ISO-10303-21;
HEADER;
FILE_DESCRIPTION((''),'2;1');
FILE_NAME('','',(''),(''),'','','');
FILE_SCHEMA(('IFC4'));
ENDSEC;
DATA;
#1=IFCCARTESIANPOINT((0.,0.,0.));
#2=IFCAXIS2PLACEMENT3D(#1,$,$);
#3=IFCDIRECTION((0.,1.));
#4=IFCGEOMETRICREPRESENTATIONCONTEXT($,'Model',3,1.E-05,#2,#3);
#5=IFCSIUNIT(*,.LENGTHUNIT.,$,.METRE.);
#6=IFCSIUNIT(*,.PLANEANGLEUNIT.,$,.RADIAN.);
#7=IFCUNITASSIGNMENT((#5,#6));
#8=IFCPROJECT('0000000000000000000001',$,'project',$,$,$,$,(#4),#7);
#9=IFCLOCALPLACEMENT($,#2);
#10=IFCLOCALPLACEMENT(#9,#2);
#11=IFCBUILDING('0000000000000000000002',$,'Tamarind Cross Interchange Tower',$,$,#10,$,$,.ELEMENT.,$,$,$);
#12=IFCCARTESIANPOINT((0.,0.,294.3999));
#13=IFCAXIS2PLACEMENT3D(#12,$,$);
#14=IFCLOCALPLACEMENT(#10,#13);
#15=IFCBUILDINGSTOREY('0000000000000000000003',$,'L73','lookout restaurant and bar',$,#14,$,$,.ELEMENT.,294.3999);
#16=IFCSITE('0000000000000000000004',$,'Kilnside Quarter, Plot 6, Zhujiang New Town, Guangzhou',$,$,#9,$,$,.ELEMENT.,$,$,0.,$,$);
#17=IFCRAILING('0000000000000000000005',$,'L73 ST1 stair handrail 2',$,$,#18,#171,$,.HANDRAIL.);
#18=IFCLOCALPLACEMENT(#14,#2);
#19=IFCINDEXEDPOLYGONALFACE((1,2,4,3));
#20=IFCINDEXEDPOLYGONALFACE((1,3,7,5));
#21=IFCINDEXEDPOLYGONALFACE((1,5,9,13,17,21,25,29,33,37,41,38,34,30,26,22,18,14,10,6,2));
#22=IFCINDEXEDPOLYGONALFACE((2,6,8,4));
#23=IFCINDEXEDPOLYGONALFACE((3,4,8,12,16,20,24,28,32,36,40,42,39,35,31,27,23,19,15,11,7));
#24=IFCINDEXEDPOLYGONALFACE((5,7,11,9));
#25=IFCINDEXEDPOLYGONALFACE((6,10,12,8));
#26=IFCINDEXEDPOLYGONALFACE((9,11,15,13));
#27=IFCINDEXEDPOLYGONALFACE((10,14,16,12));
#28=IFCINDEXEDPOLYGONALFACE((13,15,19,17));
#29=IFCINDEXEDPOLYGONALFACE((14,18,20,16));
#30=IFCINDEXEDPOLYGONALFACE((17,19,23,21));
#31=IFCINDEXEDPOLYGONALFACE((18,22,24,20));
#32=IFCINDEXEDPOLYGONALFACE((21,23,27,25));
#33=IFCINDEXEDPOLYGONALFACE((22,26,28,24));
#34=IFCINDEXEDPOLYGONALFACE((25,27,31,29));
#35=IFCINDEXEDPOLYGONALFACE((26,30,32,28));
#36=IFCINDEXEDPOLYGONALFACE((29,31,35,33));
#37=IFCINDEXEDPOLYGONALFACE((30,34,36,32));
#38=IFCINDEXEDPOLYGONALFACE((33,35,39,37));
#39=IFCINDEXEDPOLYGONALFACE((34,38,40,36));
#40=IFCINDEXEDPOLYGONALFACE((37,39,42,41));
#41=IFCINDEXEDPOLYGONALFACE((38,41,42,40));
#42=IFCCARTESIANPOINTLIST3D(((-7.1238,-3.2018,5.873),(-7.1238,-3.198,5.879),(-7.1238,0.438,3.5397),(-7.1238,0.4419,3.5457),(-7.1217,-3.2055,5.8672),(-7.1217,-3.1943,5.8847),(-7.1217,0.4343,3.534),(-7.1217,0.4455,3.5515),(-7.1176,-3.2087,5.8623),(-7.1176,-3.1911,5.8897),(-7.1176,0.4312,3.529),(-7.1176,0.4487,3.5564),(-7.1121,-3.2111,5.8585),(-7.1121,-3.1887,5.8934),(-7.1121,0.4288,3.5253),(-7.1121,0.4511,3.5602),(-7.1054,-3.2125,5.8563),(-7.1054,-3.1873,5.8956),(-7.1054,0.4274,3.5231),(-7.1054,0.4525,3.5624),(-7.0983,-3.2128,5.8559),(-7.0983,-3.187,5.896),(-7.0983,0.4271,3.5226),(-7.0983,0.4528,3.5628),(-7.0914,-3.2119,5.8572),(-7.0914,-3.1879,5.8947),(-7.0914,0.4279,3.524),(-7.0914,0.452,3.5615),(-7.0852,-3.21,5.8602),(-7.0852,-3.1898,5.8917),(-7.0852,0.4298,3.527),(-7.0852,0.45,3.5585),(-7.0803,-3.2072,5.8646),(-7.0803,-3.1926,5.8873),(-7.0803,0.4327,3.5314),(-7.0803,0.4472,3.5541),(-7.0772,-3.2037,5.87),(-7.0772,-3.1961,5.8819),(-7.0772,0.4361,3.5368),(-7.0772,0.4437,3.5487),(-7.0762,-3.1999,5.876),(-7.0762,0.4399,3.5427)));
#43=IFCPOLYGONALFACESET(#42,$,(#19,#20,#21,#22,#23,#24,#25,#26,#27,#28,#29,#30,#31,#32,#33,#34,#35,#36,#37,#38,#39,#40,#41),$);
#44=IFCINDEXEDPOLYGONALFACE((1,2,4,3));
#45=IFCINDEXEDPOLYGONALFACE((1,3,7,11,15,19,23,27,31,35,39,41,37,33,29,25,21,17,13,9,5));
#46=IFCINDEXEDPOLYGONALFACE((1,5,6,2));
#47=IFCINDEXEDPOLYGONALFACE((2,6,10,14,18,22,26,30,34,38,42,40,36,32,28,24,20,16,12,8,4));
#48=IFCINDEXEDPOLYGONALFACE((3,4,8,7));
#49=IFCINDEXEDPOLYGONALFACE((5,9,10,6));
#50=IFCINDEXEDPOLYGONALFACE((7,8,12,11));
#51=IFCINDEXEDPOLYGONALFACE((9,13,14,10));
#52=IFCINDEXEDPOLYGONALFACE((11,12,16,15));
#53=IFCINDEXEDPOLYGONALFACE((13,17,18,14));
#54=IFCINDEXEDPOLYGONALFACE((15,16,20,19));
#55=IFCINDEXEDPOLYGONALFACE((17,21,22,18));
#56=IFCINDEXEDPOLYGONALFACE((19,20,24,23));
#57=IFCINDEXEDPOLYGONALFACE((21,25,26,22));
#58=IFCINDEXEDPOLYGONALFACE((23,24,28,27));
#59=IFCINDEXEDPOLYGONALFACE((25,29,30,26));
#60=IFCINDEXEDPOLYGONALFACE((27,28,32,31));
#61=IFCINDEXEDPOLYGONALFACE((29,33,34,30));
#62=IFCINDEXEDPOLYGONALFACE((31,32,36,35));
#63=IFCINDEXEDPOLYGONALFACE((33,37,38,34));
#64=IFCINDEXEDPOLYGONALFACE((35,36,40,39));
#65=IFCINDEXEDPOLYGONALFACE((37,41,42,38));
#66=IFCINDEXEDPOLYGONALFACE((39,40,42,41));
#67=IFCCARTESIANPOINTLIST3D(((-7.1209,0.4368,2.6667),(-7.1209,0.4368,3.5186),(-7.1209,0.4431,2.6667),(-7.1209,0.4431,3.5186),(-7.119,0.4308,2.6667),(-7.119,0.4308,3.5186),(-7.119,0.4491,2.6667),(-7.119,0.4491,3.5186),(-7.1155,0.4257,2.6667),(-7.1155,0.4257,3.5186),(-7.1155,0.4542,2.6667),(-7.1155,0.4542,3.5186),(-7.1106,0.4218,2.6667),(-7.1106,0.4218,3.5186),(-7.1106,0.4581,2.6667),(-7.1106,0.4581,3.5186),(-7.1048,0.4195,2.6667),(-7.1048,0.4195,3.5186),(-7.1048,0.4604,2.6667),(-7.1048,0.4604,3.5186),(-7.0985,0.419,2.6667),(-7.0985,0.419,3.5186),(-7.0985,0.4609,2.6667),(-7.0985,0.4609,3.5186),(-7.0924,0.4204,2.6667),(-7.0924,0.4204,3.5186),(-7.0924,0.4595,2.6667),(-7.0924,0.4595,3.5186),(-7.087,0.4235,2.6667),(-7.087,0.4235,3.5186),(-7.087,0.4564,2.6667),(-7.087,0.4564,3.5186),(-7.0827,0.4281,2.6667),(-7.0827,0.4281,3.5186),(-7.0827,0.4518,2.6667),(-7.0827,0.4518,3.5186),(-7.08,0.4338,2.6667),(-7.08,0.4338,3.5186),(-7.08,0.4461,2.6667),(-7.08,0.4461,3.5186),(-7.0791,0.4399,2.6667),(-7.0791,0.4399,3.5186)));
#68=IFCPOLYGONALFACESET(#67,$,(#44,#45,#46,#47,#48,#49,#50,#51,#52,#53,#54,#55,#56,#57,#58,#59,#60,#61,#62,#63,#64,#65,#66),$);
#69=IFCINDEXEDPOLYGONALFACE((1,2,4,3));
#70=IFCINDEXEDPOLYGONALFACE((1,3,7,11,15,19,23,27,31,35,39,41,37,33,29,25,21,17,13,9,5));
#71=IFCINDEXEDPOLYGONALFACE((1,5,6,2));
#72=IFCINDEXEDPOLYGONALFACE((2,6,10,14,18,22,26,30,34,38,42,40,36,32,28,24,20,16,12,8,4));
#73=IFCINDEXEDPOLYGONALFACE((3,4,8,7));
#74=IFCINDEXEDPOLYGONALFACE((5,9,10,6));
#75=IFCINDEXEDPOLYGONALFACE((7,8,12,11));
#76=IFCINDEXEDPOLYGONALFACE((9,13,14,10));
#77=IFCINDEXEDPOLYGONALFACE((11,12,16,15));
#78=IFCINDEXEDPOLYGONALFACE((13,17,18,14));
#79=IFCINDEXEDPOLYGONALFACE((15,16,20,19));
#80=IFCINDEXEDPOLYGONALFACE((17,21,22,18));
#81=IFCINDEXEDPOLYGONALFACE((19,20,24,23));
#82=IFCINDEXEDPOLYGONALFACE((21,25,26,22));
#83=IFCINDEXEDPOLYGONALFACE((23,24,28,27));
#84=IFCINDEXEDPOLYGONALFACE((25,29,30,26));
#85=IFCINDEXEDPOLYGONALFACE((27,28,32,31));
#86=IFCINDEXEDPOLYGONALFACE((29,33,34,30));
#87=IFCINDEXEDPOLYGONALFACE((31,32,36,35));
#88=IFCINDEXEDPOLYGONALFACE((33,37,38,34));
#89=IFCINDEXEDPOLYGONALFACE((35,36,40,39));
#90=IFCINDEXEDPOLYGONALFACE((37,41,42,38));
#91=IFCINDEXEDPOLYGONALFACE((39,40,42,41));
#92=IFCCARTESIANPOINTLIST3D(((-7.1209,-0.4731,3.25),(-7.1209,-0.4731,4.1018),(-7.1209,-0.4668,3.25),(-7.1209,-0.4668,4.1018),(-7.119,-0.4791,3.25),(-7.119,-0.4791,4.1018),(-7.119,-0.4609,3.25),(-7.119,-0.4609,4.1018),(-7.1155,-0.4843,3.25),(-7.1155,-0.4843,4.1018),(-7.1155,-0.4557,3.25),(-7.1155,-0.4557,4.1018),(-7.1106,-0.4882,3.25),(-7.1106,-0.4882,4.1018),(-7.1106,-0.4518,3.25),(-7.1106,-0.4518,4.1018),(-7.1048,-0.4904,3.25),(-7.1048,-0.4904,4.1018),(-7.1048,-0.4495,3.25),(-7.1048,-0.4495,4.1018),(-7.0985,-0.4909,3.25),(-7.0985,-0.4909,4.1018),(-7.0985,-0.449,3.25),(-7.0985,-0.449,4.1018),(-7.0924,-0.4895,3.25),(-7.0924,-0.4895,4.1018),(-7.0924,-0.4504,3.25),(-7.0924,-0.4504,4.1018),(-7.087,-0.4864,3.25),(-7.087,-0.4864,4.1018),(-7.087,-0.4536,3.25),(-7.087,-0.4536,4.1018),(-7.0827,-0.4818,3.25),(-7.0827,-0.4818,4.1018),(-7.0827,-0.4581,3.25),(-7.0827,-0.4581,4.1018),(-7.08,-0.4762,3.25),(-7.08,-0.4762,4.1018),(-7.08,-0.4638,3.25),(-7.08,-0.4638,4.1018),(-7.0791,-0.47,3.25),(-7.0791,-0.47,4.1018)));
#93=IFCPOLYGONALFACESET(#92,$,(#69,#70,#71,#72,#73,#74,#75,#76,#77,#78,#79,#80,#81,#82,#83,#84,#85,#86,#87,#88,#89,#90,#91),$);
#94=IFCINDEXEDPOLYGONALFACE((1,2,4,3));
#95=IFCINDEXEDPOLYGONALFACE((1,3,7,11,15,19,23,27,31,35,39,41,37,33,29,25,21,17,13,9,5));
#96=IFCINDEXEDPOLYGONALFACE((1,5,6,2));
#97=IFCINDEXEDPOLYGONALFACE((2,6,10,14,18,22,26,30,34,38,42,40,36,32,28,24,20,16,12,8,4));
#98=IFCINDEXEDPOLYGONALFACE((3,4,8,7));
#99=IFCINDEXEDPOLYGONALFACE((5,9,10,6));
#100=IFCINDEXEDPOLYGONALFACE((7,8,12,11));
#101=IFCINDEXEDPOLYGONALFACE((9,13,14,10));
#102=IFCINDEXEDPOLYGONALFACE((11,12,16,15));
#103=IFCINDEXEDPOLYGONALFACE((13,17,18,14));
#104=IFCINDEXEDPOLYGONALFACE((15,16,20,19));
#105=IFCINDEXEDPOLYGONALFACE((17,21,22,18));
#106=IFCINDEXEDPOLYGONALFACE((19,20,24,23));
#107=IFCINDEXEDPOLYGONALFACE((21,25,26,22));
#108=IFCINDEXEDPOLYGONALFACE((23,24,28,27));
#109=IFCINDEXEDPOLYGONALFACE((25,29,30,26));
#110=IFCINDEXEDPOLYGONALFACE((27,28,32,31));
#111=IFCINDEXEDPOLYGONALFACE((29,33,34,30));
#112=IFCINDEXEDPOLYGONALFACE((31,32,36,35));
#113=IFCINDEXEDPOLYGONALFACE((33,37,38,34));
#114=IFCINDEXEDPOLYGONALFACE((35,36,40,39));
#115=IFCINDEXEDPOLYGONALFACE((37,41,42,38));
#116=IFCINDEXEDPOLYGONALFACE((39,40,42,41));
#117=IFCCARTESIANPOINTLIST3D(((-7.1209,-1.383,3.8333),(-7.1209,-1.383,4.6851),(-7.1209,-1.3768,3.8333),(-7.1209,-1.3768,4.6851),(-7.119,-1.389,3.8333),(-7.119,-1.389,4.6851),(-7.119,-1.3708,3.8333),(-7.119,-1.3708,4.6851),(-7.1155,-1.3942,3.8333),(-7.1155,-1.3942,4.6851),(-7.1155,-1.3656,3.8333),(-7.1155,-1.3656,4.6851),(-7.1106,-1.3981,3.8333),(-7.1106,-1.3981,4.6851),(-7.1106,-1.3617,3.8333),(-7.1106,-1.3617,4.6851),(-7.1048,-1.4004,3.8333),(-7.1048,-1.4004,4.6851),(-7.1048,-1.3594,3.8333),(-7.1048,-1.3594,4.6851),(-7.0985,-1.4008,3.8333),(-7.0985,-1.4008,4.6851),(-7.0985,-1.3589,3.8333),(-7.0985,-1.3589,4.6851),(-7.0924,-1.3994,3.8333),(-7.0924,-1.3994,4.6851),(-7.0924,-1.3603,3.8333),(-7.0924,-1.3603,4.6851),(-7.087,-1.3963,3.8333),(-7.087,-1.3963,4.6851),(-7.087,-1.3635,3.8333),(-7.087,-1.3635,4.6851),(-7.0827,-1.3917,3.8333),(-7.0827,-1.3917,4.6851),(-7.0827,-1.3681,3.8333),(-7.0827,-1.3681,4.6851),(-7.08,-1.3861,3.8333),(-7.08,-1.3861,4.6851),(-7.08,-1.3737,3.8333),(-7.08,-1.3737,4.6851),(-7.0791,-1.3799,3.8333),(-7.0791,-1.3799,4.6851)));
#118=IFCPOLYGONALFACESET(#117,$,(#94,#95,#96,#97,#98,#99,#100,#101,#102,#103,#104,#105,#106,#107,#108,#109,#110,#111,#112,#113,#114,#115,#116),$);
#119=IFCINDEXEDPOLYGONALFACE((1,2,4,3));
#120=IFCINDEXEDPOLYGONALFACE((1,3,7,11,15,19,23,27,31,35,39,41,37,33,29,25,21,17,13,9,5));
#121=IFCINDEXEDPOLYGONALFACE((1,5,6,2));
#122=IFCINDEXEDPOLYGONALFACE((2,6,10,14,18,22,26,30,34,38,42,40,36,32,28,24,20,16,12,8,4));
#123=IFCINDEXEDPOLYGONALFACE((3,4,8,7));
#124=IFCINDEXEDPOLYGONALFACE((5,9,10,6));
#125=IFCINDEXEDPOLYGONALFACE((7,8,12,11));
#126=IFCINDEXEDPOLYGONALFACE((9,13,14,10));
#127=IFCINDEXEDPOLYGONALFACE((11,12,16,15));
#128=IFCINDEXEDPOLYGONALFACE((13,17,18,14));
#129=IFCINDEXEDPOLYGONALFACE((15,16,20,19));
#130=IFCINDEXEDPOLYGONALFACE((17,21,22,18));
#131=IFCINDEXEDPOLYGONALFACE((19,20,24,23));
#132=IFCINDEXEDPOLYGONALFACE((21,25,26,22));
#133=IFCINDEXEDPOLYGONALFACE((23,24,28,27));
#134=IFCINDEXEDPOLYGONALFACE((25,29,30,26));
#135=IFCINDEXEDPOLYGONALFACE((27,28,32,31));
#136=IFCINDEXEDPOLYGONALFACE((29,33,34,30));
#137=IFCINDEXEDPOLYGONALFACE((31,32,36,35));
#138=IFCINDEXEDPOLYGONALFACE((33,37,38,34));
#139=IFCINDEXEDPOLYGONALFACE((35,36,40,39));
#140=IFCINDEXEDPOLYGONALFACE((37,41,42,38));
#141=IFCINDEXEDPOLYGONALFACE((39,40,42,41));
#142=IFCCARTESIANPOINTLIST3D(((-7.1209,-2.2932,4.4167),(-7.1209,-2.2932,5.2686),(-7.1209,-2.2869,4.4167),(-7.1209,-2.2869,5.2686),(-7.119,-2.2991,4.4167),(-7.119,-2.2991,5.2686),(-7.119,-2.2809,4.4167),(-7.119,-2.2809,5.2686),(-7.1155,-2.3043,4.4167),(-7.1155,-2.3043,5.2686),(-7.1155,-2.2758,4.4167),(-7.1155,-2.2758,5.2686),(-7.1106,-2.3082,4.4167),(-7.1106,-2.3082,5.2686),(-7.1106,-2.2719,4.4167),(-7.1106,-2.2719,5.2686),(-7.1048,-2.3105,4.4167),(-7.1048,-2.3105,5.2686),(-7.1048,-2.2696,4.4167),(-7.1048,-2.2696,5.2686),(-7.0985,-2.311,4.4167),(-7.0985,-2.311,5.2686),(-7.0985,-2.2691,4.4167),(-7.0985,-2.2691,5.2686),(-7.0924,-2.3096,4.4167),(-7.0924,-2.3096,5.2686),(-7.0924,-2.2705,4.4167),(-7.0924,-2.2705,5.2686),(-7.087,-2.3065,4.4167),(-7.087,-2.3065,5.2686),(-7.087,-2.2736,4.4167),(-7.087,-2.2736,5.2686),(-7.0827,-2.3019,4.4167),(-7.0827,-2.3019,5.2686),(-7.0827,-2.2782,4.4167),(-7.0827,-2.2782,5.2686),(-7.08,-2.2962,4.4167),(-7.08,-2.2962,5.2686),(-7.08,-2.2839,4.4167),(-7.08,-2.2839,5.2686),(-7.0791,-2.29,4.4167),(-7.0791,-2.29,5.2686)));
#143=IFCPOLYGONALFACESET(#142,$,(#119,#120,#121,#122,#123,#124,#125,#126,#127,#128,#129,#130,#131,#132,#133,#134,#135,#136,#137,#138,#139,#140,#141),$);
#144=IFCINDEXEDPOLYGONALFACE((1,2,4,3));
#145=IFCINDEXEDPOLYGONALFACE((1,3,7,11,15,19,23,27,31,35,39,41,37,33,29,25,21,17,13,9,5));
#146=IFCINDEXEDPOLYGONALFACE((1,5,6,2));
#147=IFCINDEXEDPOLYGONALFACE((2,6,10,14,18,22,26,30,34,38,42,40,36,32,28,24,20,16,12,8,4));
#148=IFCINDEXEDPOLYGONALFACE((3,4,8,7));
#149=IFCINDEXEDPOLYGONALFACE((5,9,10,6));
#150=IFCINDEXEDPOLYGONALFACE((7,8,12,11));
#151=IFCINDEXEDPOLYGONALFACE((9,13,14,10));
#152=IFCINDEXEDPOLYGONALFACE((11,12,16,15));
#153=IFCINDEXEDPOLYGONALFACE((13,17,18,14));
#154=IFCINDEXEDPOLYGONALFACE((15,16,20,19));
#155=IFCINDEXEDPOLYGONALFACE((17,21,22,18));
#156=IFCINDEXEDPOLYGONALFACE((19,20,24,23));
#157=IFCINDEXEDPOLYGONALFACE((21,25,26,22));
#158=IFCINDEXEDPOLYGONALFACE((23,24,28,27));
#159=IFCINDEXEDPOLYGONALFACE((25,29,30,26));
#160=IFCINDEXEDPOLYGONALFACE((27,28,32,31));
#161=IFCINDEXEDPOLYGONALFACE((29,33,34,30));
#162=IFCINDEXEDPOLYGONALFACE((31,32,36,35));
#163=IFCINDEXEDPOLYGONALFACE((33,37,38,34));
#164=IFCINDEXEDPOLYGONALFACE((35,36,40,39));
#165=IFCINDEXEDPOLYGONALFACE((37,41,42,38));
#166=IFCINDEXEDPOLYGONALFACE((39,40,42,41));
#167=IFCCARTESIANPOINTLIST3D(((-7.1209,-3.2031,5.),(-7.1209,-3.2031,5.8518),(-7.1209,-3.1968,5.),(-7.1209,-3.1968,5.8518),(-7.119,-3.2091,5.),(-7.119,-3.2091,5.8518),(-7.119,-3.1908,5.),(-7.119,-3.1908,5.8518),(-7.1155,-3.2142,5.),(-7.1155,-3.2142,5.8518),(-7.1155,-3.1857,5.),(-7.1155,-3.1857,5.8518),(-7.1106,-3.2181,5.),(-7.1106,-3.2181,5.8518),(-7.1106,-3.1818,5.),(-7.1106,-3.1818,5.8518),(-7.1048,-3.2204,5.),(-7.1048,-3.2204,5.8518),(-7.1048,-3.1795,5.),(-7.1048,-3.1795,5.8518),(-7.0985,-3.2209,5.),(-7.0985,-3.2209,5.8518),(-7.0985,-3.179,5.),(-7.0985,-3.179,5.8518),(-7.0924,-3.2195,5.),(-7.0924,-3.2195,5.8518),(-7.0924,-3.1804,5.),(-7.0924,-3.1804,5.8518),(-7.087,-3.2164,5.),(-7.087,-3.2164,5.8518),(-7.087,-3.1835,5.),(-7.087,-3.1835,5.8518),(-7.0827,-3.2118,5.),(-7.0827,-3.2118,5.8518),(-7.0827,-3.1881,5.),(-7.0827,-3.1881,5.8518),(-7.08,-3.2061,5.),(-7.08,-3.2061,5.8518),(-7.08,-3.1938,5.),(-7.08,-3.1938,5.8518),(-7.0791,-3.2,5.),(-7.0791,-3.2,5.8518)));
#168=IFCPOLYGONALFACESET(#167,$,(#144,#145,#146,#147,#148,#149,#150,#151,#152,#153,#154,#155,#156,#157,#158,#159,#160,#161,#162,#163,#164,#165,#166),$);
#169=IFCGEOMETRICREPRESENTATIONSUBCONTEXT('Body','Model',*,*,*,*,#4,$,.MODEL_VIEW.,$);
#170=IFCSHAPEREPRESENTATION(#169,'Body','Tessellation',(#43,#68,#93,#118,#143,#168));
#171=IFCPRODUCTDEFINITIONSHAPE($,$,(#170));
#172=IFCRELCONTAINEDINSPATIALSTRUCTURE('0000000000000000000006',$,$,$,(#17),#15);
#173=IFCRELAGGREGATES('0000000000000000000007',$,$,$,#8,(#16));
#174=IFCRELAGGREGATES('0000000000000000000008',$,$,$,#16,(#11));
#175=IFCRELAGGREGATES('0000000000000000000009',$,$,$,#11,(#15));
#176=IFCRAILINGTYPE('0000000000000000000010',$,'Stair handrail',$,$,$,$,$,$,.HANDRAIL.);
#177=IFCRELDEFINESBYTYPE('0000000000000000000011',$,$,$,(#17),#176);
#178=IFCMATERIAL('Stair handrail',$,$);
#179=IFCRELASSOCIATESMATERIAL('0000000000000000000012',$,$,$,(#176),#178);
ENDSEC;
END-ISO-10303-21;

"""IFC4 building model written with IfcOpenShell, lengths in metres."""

from ifc_helpers import new_model, si_unit, direction, frame, origin, origin_2d, place, context, subcontext, project, spatial, circle, extrude, material, type_object, element, save


model = new_model("IFC4")

# Units and contexts
model_context = context("Model", 3, precision=1e-05, world=origin(), true_north=direction((0.0, 1.0)))
body_context = subcontext(model_context, "Body", "Model", "MODEL_VIEW")
ifc_project = project(units=[si_unit("LENGTHUNIT", "METRE"), si_unit("PLANEANGLEUNIT", "RADIAN")], contexts=[model_context])

# Site, building, storey
site_placement = place(None, origin())
site = spatial("IfcSite", under=ifc_project, at=site_placement, Name="Kilnside Quarter, Plot 6, Zhujiang New Town, Guangzhou", CompositionType="ELEMENT", RefElevation=0.0)
building_placement = place(site_placement, origin())
building = spatial("IfcBuilding", under=site, at=building_placement, Name="Tamarind Cross Interchange Tower", CompositionType="ELEMENT")
storey_placement = place(building_placement, frame((0.0, 0.0, 294.3999)))
storey = spatial("IfcBuildingStorey", under=building, at=storey_placement, Name="L73", Description="lookout restaurant and bar", CompositionType="ELEMENT", Elevation=294.3999)

# Railing
ifc_material_1 = material(Name="Stair handrail")
railing_type_1 = type_object("IfcRailingType", Name="Stair handrail", PredefinedType="HANDRAIL", material=ifc_material_1)
railing_1_placement = place(storey_placement, frame((-7.1001, 0.4399, 2.6667)))
element("IfcRailing", 1, at=railing_1_placement, inside=storey, type_object=railing_type_1, Name="L73 ST1 stair handrail 2", PredefinedType="HANDRAIL", context=body_context, shape_type="SweptSolid", body=[
    extrude(circle(Radius=0.0239, at=origin_2d()), frame((0.0, 0.0, 0.876), z_axis=(0.0, -0.84188, 0.539664), x_axis=(1.0, 0.0, 0.0)), (0.0, 0.0, 1.0), 4.3235),
    extrude(circle(Radius=0.021, at=origin_2d()), origin(), (0.0, 0.0, 1.0), 0.8518),
    extrude(circle(Radius=0.021, at=origin_2d()), frame((0.0, -0.9099, 0.5833)), (0.0, 0.0, 1.0), 0.8518),
    extrude(circle(Radius=0.021, at=origin_2d()), frame((0.0, -1.8198, 1.1665)), (0.0, 0.0, 1.0), 0.8518),
    extrude(circle(Radius=0.021, at=origin_2d()), frame((0.0, -2.73, 1.75)), (0.0, 0.0, 1.0), 0.8518),
    extrude(circle(Radius=0.021, at=origin_2d()), frame((0.0, -3.6399, 2.3333)), (0.0, 0.0, 1.0), 0.8518),
])

save(model, "model.ifc")
